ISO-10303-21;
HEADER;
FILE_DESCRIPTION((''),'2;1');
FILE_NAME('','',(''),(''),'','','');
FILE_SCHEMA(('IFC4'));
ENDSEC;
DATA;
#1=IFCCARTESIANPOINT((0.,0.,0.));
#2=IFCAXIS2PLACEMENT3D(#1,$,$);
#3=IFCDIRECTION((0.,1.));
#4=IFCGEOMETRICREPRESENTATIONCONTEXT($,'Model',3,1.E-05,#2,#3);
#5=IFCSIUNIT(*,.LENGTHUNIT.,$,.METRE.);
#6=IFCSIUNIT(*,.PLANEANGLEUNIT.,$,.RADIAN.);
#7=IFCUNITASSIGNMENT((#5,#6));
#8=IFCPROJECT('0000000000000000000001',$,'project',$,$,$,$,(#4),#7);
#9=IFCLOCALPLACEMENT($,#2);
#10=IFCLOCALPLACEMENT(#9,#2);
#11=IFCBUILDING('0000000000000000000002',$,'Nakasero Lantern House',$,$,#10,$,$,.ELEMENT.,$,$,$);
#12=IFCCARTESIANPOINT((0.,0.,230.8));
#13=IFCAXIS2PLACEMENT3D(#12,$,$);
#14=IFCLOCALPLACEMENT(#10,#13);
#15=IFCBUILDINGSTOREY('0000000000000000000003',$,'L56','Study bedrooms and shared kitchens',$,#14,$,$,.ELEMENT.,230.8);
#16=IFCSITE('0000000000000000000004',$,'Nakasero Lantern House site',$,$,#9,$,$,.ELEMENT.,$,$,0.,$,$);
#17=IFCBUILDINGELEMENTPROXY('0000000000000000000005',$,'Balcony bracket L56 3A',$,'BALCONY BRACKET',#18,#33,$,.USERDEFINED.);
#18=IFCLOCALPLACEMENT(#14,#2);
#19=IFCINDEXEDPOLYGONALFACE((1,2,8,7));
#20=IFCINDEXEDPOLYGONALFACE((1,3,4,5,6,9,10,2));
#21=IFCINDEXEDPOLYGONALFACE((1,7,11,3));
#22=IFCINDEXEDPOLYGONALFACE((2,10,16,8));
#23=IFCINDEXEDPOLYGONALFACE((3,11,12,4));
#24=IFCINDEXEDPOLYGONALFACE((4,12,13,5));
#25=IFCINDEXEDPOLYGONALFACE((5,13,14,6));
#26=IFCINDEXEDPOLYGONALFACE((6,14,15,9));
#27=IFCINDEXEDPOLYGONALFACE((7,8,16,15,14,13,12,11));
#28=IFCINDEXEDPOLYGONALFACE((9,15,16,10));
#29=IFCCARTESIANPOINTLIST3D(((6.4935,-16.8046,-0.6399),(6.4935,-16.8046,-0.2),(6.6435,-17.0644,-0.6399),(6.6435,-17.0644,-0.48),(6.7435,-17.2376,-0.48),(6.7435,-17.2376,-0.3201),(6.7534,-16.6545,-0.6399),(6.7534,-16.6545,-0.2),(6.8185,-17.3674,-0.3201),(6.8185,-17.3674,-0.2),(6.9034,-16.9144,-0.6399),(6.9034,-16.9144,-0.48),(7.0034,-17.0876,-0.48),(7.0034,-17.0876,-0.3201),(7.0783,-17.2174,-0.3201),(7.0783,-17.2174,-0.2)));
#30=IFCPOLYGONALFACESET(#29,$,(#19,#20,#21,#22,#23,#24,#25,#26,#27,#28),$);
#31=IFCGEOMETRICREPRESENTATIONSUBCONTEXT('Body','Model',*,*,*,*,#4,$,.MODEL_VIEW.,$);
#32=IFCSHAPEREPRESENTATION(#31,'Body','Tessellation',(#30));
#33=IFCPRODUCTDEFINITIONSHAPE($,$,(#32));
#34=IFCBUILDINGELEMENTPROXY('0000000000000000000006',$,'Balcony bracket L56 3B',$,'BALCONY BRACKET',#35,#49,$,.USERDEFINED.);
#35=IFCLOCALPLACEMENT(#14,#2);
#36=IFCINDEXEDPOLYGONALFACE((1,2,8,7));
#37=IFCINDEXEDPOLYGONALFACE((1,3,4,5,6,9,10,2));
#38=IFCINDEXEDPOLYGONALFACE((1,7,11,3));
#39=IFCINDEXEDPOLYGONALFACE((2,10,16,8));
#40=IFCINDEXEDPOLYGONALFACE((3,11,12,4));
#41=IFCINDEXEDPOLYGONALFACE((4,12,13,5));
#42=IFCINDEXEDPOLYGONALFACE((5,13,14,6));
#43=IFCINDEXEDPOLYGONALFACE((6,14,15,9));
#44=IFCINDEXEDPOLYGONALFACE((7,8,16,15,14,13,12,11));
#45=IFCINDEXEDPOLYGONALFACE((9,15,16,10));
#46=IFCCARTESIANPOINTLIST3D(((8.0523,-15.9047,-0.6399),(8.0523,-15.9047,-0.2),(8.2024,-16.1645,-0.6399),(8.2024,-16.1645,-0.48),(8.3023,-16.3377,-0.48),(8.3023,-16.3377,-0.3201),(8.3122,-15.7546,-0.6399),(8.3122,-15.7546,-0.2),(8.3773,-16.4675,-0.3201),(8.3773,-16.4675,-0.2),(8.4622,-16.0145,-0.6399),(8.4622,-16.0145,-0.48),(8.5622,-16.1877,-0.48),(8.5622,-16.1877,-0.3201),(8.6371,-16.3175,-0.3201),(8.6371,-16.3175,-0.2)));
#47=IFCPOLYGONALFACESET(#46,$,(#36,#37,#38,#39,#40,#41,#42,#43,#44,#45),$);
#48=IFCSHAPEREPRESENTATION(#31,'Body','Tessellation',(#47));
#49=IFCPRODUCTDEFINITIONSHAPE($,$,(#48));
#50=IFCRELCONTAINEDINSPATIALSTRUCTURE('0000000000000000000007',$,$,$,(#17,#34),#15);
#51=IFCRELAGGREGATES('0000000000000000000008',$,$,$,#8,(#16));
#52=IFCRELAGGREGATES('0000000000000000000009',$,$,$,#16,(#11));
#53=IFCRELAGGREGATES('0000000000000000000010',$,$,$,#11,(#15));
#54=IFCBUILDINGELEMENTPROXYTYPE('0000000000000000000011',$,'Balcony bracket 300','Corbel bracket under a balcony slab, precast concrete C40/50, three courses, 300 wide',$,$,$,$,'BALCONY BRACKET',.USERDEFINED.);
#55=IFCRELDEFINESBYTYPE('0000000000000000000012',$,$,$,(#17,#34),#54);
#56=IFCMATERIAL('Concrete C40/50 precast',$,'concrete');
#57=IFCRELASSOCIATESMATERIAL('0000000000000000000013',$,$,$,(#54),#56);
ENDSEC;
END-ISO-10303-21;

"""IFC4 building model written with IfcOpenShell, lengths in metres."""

from ifc_helpers import new_model, si_unit, direction, frame, origin, place, context, subcontext, project, spatial, polyline, outline, extrude, material, type_object, element, save


model = new_model("IFC4")

# Units and contexts
model_context = context("Model", 3, precision=1e-05, world=origin(), true_north=direction((0.0, 1.0)))
body_context = subcontext(model_context, "Body", "Model", "MODEL_VIEW")
ifc_project = project(units=[si_unit("LENGTHUNIT", "METRE"), si_unit("PLANEANGLEUNIT", "RADIAN")], contexts=[model_context])

# Site, building, storey
site_placement = place(None, origin())
site = spatial("IfcSite", under=ifc_project, at=site_placement, Name="Nakasero Lantern House site", CompositionType="ELEMENT", RefElevation=0.0)
building_placement = place(site_placement, origin())
building = spatial("IfcBuilding", under=site, at=building_placement, Name="Nakasero Lantern House", CompositionType="ELEMENT")
storey_placement = place(building_placement, frame((0.0, 0.0, 230.8)))
storey = spatial("IfcBuildingStorey", under=building, at=storey_placement, Name="L56", Description="Study bedrooms and shared kitchens", CompositionType="ELEMENT", Elevation=230.8)

# Building element proxies
ifc_material_1 = material(Name="Concrete C40/50 precast", Category="concrete")
building_element_proxy_type = type_object("IfcBuildingElementProxyType", Name="Balcony bracket 300", Description="Corbel bracket under a balcony slab, precast concrete C40/50, three courses, 300 wide", ElementType="BALCONY BRACKET", PredefinedType="USERDEFINED", material=ifc_material_1)
for number, where, z_axis, x_axis, name in (
    (1, (6.6235, -16.7295, -0.2), (0.0, 0.0, 1.0), (0.5, -0.866025, 0.0), "Balcony bracket L56 3A"),
    (2, (8.1824, -15.8296, -0.2), (0.0, 0.0, 1.0), (0.5, -0.866025, 0.0), "Balcony bracket L56 3B"),
):
    element("IfcBuildingElementProxy", number, at=place(storey_placement, frame(where, z_axis=z_axis, x_axis=x_axis)), inside=storey, type_object=building_element_proxy_type, Name=name, ObjectType="BALCONY BRACKET", PredefinedType="USERDEFINED", context=body_context, shape_type="SweptSolid", body=[
        extrude(outline(polyline([(0.0, 0.0), (0.6499, 0.0), (0.6499, -0.1201), (0.5, -0.1201), (0.5, -0.28), (0.3, -0.28), (0.3, -0.4399), (0.0, -0.4399), (0.0, 0.0)])), frame((0.0, 0.1499, 0.0), z_axis=(0.0, -1.0, 0.0), x_axis=(1.0, 0.0, 0.0)), (0.0, 0.0, 1.0), 0.3),
    ])

save(model, "model.ifc")
